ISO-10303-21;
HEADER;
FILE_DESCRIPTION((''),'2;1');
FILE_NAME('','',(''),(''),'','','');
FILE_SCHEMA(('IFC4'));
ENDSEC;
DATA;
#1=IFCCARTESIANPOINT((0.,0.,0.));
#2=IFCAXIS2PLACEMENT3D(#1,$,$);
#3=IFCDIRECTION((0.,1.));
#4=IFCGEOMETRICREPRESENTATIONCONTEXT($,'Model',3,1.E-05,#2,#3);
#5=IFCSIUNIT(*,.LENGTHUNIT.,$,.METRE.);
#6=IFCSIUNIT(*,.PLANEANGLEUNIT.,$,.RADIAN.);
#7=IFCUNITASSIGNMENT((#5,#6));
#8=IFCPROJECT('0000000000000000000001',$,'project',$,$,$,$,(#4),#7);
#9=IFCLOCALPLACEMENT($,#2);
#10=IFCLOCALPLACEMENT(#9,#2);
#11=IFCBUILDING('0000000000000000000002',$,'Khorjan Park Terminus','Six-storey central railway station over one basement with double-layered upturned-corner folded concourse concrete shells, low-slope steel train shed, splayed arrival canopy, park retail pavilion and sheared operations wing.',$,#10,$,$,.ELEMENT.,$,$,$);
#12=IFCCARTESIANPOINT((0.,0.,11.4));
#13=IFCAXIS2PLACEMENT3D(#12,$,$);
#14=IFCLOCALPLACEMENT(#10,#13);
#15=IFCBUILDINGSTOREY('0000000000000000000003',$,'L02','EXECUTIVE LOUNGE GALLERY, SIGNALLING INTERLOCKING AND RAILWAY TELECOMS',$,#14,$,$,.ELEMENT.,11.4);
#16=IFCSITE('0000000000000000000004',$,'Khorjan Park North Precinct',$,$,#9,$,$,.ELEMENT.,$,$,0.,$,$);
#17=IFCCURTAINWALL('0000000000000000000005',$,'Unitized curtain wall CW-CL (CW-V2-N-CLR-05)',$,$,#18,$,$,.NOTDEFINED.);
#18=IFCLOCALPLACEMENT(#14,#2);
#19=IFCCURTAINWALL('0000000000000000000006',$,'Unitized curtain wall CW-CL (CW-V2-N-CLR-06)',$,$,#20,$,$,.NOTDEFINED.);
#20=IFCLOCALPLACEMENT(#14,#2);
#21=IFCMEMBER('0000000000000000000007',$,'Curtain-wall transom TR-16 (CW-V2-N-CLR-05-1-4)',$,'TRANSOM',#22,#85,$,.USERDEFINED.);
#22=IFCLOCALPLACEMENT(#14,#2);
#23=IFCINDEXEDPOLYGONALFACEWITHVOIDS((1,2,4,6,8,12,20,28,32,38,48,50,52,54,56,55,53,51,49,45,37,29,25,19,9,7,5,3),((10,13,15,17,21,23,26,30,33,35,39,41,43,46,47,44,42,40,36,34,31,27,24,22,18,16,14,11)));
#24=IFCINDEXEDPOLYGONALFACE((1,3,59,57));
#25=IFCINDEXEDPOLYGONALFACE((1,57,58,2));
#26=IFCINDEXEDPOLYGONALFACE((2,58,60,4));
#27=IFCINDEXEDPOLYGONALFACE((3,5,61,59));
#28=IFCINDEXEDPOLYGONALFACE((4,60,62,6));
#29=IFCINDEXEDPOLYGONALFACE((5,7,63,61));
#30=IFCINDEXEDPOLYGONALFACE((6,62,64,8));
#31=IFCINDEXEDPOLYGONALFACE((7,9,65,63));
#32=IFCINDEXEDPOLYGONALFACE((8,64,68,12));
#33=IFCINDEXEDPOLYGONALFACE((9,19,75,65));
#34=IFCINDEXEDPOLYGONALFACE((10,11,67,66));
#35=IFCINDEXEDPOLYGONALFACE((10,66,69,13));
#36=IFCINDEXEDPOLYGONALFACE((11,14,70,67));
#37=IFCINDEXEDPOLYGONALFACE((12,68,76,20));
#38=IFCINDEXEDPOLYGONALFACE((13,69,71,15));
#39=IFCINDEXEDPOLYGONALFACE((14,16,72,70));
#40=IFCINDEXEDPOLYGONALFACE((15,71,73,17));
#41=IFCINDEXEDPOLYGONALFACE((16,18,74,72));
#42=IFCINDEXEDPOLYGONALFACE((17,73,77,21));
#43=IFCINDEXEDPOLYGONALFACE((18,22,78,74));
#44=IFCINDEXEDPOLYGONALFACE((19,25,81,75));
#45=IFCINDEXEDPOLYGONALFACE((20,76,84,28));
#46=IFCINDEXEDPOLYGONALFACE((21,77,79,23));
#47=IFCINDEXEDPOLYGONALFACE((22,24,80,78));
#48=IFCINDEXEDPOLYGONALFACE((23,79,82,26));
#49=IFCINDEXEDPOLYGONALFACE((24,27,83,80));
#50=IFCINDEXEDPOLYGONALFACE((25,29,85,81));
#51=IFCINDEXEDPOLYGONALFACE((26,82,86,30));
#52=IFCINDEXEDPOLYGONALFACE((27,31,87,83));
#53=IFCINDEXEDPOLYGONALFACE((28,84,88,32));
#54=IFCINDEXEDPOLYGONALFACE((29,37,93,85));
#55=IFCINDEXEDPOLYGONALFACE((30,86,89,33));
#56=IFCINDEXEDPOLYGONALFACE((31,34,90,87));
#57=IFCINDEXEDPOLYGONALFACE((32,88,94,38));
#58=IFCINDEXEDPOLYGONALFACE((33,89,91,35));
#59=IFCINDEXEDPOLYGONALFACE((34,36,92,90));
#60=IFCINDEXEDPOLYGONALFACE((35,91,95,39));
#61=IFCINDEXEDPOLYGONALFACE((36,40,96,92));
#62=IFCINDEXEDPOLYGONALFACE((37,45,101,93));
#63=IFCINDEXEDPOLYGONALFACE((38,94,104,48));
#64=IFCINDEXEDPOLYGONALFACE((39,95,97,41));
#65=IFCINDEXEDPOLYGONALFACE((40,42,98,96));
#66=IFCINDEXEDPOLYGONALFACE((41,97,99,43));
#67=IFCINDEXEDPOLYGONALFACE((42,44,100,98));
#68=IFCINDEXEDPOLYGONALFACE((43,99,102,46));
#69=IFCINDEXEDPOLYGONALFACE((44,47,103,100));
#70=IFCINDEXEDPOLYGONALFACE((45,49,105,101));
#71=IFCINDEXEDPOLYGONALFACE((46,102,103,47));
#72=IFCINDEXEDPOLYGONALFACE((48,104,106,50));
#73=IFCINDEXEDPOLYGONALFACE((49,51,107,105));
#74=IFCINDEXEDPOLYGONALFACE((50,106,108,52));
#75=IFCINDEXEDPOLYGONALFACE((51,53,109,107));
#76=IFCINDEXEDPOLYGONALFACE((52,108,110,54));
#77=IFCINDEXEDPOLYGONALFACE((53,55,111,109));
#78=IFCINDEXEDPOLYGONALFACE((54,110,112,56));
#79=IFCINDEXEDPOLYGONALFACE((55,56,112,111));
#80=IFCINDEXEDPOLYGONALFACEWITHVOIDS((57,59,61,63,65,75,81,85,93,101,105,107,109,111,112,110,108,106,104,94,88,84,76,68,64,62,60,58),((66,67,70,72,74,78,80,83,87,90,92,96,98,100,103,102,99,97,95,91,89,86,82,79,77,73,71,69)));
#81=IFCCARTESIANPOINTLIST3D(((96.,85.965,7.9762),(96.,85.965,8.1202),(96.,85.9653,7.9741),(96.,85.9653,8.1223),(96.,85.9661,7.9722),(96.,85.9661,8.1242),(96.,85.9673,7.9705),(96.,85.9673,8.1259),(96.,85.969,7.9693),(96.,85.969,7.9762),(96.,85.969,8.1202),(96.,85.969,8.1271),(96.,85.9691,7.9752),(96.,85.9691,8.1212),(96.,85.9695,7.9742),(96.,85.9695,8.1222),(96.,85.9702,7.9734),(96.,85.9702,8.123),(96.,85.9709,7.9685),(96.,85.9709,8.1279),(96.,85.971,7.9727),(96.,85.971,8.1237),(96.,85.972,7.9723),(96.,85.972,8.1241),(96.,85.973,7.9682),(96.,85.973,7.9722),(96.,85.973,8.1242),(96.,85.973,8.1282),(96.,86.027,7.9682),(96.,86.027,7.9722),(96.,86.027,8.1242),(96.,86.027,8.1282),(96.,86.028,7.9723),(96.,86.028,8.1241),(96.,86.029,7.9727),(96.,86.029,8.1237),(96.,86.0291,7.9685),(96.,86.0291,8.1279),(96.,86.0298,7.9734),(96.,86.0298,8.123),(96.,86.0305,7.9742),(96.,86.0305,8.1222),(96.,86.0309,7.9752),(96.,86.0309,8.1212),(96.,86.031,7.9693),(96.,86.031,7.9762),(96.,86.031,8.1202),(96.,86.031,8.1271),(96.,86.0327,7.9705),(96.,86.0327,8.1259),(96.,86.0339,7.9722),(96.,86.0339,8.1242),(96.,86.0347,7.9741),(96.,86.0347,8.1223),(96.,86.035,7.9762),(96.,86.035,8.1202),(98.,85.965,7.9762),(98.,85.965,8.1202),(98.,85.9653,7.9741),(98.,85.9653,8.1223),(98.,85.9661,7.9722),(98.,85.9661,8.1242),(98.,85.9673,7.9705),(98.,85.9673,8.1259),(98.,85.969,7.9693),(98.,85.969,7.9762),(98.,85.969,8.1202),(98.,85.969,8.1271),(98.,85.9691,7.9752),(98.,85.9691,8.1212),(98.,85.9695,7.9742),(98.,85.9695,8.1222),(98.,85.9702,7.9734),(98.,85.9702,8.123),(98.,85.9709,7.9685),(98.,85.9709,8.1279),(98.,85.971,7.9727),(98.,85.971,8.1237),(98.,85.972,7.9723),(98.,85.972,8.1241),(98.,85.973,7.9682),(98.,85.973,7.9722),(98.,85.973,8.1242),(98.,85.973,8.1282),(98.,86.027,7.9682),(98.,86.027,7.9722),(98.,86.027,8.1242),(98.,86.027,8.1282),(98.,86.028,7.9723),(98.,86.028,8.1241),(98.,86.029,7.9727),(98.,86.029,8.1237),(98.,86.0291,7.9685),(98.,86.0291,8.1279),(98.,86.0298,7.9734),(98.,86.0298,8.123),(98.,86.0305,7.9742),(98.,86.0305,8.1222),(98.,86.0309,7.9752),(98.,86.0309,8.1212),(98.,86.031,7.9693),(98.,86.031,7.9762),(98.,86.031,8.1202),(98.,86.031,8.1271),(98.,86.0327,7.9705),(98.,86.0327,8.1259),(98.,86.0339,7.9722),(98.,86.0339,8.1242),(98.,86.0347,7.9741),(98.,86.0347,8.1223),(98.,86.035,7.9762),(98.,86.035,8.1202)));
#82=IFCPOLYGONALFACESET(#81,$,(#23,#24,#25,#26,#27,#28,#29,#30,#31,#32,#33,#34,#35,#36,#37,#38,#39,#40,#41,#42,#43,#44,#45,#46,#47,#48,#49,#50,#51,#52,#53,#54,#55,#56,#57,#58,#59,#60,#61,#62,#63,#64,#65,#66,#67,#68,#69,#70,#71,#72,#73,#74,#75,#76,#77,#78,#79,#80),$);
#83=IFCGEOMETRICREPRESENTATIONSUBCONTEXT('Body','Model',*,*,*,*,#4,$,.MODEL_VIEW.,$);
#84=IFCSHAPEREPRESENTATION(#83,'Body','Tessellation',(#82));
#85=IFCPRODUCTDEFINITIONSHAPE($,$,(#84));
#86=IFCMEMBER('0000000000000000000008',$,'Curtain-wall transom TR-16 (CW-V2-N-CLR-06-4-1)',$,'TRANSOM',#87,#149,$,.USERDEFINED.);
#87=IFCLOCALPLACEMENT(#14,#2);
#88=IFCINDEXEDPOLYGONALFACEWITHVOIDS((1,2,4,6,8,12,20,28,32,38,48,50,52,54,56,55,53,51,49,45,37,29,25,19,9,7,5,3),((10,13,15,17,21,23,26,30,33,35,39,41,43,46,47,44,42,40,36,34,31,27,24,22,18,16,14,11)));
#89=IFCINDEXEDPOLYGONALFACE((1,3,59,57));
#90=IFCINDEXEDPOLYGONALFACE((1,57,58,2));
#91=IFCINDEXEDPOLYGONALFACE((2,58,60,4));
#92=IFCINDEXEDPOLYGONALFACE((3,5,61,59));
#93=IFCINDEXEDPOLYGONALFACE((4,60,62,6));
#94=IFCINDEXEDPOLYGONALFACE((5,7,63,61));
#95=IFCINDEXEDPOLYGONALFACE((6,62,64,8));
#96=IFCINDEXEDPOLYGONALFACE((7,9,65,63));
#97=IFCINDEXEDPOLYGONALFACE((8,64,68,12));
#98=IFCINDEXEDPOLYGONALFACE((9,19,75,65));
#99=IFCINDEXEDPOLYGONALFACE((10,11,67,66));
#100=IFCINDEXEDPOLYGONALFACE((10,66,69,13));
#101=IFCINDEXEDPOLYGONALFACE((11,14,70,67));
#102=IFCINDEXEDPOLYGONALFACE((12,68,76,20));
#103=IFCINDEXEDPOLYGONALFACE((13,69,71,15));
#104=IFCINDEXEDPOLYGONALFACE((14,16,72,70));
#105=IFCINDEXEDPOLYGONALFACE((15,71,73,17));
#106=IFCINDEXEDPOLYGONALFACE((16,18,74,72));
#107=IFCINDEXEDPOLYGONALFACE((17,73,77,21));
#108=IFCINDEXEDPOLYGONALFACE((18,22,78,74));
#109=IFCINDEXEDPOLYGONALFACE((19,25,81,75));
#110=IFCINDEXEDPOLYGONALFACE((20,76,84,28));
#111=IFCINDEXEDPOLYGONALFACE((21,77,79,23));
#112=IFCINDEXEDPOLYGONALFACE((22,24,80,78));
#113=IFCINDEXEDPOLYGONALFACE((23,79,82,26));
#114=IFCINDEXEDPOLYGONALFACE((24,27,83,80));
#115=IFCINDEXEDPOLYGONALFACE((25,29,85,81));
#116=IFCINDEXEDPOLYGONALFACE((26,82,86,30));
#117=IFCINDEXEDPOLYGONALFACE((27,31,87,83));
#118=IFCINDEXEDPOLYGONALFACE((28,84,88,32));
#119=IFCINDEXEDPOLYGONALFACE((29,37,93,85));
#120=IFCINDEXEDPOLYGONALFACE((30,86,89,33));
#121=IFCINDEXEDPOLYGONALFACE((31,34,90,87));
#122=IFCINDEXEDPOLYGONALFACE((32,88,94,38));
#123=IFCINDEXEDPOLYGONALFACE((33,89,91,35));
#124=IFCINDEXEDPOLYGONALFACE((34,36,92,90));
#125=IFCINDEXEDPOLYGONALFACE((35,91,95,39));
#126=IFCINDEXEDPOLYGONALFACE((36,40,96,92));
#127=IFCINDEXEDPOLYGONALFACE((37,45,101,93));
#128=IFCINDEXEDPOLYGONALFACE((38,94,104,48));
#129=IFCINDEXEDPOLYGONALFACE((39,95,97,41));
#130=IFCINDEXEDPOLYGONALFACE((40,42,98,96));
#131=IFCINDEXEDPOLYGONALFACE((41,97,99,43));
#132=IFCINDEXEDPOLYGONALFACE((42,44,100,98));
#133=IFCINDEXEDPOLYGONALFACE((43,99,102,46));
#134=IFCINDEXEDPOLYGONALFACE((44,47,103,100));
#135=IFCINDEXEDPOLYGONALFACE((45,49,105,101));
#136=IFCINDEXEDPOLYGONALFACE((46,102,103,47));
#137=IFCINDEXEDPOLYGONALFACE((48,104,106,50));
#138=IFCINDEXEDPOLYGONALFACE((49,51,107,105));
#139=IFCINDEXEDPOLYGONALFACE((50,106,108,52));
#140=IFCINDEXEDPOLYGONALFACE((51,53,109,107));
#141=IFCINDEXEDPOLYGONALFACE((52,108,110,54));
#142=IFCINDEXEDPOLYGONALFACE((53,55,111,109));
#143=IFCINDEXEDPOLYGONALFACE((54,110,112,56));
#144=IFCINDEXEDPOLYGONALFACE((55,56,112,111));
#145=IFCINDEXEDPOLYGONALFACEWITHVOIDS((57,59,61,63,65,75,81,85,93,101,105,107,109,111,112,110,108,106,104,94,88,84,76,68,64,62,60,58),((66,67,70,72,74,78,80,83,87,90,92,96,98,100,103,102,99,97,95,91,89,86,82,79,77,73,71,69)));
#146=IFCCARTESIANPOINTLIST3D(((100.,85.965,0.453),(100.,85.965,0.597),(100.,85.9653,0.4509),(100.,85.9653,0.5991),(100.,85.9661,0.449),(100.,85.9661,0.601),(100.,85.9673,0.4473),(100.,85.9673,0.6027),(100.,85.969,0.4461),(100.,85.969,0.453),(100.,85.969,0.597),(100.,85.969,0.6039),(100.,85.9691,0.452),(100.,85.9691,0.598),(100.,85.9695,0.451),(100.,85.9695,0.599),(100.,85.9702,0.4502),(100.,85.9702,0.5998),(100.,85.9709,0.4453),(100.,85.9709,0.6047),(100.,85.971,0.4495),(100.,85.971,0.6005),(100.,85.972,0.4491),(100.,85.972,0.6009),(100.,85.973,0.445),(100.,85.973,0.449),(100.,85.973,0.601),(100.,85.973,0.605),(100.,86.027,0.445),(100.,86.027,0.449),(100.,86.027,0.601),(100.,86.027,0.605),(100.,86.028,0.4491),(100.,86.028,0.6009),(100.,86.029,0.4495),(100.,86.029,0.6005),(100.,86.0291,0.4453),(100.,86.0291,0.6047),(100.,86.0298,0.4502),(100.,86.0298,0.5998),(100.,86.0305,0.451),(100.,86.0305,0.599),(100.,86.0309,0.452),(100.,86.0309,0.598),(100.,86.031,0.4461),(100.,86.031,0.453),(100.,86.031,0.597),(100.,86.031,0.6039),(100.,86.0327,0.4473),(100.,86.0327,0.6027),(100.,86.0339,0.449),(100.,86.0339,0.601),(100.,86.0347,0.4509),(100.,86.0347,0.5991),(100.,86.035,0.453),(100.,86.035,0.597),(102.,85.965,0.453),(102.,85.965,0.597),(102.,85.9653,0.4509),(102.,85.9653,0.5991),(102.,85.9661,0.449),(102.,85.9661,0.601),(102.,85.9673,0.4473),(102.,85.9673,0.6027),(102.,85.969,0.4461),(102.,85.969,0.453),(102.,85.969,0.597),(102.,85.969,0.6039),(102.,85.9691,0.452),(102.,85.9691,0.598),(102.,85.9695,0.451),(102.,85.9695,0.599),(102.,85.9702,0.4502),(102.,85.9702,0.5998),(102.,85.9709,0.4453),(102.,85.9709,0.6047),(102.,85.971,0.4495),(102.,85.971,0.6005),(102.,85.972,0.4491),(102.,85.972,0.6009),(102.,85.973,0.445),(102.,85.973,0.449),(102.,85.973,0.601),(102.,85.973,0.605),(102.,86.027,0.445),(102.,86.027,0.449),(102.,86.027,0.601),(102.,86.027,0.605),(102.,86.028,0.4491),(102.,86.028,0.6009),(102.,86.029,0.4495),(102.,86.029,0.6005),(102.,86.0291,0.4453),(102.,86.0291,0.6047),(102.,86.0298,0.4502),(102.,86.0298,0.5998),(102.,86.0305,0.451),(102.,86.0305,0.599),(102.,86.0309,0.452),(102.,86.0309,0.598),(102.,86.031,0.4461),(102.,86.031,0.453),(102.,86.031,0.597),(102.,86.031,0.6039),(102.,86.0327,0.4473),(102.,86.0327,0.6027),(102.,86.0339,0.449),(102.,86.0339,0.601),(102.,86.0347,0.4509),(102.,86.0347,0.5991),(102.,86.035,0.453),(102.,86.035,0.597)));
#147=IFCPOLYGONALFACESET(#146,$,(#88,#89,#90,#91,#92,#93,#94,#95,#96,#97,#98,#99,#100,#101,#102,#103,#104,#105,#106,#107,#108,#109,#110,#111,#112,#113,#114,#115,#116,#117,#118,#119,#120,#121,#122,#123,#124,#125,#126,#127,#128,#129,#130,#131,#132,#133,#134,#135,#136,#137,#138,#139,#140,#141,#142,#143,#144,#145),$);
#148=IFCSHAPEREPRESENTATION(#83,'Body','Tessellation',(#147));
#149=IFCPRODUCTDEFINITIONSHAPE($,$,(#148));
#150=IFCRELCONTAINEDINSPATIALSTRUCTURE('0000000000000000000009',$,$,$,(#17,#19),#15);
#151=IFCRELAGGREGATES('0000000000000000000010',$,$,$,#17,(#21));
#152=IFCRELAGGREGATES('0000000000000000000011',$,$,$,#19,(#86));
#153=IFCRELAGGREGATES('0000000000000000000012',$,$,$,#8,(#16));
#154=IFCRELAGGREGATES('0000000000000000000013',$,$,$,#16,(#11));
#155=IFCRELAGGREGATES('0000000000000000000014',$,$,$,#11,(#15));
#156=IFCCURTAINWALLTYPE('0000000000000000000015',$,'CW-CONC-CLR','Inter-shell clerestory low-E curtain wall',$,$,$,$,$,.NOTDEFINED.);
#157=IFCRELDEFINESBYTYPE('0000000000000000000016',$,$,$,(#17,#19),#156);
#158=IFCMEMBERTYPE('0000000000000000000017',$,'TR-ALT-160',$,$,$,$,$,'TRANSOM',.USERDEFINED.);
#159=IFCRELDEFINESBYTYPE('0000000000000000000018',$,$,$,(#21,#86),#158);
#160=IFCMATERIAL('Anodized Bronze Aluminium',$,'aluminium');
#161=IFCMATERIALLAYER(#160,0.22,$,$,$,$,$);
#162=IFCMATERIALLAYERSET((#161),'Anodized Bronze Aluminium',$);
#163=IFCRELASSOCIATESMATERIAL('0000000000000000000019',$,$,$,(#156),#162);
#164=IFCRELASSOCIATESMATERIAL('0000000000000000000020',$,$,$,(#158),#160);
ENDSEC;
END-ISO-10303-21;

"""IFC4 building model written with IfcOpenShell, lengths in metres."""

from ifc_helpers import new_model, si_unit, direction, frame, origin, origin_2d, place, context, subcontext, project, spatial, hollow_rectangle, extrude, material, layer, layer_set, material_profile, profile_set, type_object, element, aggregate, save


model = new_model("IFC4")

# Units and contexts
model_context = context("Model", 3, precision=1e-05, world=origin(), true_north=direction((0.0, 1.0)))
body_context = subcontext(model_context, "Body", "Model", "MODEL_VIEW")
ifc_project = project(units=[si_unit("LENGTHUNIT", "METRE"), si_unit("PLANEANGLEUNIT", "RADIAN")], contexts=[model_context])

# Site, building, storey
site_placement = place(None, origin())
site = spatial("IfcSite", under=ifc_project, at=site_placement, Name="Khorjan Park North Precinct", CompositionType="ELEMENT", RefElevation=0.0)
building_placement = place(site_placement, origin())
building = spatial("IfcBuilding", under=site, at=building_placement, Name="Khorjan Park Terminus", Description="Six-storey central railway station over one basement with double-layered upturned-corner folded concourse concrete shells, low-slope steel train shed, splayed arrival canopy, park retail pavilion and sheared operations wing.", CompositionType="ELEMENT")
storey_placement = place(building_placement, frame((0.0, 0.0, 11.4)))
storey = spatial("IfcBuildingStorey", under=building, at=storey_placement, Name="L02", Description="EXECUTIVE LOUNGE GALLERY, SIGNALLING INTERLOCKING AND RAILWAY TELECOMS", CompositionType="ELEMENT", Elevation=11.4)

# Curtain wall
ifc_material_1 = material(Name="Anodized Bronze Aluminium", Category="aluminium")
ifc_layer_1 = layer(ifc_material_1, 0.22)
ifc_layer_set_1 = layer_set([ifc_layer_1], Name="Anodized Bronze Aluminium")
curtain_wall_type = type_object("IfcCurtainWallType", Name="CW-CONC-CLR", Description="Inter-shell clerestory low-E curtain wall", PredefinedType="NOTDEFINED", material=ifc_layer_set_1)
curtain_wall_1_placement = place(storey_placement, origin())
curtain_wall_1 = element("IfcCurtainWall", 1, at=curtain_wall_1_placement, inside=storey, type_object=curtain_wall_type, Name="Unitized curtain wall CW-CL (CW-V2-N-CLR-05)", PredefinedType="NOTDEFINED")

# Curtain wall
curtain_wall_2_placement = place(storey_placement, origin())
curtain_wall_2 = element("IfcCurtainWall", 2, at=curtain_wall_2_placement, inside=storey, type_object=curtain_wall_type, Name="Unitized curtain wall CW-CL (CW-V2-N-CLR-06)", PredefinedType="NOTDEFINED")

# Members
ifc_material_profile_1 = material_profile(ifc_material_1, hollow_rectangle(XDim=0.07, YDim=0.16, WallThickness=0.004, InnerFilletRadius=0.004, OuterFilletRadius=0.008, at=origin_2d()), Name="ALT 70x160x4")
ifc_profile_set_1 = profile_set([ifc_material_profile_1], Name="Anodized Bronze Aluminium")
member_type_1 = type_object("IfcMemberType", Name="TR-ALT-160", ElementType="TRANSOM", PredefinedType="USERDEFINED", material=ifc_profile_set_1)
member_1_placement = place(storey_placement, frame((98.0, 86.0, 8.0482), z_axis=(-1.0, 0.0, 0.0), x_axis=(0.0, -1.0, 0.0)))
member_1 = element("IfcMember", 3, at=member_1_placement, type_object=member_type_1, Name="Curtain-wall transom TR-16 (CW-V2-N-CLR-05-1-4)", ObjectType="TRANSOM", PredefinedType="USERDEFINED", context=body_context, shape_type="SweptSolid", body=[
    extrude(hollow_rectangle(XDim=0.07, YDim=0.16, WallThickness=0.004, InnerFilletRadius=0.004, OuterFilletRadius=0.008, at=origin_2d()), origin(), (0.0, 0.0, 1.0), 2.0),
])
member_2_placement = place(storey_placement, frame((102.0, 86.0, 0.525), z_axis=(-1.0, 0.0, 0.0), x_axis=(0.0, -1.0, 0.0)))
member_2 = element("IfcMember", 4, at=member_2_placement, type_object=member_type_1, Name="Curtain-wall transom TR-16 (CW-V2-N-CLR-06-4-1)", ObjectType="TRANSOM", PredefinedType="USERDEFINED", context=body_context, shape_type="SweptSolid", body=[
    extrude(hollow_rectangle(XDim=0.07, YDim=0.16, WallThickness=0.004, InnerFilletRadius=0.004, OuterFilletRadius=0.008, at=origin_2d()), origin(), (0.0, 0.0, 1.0), 2.0),
])

aggregate(curtain_wall_1, [member_1])
aggregate(curtain_wall_2, [member_2])

save(model, "model.ifc")
